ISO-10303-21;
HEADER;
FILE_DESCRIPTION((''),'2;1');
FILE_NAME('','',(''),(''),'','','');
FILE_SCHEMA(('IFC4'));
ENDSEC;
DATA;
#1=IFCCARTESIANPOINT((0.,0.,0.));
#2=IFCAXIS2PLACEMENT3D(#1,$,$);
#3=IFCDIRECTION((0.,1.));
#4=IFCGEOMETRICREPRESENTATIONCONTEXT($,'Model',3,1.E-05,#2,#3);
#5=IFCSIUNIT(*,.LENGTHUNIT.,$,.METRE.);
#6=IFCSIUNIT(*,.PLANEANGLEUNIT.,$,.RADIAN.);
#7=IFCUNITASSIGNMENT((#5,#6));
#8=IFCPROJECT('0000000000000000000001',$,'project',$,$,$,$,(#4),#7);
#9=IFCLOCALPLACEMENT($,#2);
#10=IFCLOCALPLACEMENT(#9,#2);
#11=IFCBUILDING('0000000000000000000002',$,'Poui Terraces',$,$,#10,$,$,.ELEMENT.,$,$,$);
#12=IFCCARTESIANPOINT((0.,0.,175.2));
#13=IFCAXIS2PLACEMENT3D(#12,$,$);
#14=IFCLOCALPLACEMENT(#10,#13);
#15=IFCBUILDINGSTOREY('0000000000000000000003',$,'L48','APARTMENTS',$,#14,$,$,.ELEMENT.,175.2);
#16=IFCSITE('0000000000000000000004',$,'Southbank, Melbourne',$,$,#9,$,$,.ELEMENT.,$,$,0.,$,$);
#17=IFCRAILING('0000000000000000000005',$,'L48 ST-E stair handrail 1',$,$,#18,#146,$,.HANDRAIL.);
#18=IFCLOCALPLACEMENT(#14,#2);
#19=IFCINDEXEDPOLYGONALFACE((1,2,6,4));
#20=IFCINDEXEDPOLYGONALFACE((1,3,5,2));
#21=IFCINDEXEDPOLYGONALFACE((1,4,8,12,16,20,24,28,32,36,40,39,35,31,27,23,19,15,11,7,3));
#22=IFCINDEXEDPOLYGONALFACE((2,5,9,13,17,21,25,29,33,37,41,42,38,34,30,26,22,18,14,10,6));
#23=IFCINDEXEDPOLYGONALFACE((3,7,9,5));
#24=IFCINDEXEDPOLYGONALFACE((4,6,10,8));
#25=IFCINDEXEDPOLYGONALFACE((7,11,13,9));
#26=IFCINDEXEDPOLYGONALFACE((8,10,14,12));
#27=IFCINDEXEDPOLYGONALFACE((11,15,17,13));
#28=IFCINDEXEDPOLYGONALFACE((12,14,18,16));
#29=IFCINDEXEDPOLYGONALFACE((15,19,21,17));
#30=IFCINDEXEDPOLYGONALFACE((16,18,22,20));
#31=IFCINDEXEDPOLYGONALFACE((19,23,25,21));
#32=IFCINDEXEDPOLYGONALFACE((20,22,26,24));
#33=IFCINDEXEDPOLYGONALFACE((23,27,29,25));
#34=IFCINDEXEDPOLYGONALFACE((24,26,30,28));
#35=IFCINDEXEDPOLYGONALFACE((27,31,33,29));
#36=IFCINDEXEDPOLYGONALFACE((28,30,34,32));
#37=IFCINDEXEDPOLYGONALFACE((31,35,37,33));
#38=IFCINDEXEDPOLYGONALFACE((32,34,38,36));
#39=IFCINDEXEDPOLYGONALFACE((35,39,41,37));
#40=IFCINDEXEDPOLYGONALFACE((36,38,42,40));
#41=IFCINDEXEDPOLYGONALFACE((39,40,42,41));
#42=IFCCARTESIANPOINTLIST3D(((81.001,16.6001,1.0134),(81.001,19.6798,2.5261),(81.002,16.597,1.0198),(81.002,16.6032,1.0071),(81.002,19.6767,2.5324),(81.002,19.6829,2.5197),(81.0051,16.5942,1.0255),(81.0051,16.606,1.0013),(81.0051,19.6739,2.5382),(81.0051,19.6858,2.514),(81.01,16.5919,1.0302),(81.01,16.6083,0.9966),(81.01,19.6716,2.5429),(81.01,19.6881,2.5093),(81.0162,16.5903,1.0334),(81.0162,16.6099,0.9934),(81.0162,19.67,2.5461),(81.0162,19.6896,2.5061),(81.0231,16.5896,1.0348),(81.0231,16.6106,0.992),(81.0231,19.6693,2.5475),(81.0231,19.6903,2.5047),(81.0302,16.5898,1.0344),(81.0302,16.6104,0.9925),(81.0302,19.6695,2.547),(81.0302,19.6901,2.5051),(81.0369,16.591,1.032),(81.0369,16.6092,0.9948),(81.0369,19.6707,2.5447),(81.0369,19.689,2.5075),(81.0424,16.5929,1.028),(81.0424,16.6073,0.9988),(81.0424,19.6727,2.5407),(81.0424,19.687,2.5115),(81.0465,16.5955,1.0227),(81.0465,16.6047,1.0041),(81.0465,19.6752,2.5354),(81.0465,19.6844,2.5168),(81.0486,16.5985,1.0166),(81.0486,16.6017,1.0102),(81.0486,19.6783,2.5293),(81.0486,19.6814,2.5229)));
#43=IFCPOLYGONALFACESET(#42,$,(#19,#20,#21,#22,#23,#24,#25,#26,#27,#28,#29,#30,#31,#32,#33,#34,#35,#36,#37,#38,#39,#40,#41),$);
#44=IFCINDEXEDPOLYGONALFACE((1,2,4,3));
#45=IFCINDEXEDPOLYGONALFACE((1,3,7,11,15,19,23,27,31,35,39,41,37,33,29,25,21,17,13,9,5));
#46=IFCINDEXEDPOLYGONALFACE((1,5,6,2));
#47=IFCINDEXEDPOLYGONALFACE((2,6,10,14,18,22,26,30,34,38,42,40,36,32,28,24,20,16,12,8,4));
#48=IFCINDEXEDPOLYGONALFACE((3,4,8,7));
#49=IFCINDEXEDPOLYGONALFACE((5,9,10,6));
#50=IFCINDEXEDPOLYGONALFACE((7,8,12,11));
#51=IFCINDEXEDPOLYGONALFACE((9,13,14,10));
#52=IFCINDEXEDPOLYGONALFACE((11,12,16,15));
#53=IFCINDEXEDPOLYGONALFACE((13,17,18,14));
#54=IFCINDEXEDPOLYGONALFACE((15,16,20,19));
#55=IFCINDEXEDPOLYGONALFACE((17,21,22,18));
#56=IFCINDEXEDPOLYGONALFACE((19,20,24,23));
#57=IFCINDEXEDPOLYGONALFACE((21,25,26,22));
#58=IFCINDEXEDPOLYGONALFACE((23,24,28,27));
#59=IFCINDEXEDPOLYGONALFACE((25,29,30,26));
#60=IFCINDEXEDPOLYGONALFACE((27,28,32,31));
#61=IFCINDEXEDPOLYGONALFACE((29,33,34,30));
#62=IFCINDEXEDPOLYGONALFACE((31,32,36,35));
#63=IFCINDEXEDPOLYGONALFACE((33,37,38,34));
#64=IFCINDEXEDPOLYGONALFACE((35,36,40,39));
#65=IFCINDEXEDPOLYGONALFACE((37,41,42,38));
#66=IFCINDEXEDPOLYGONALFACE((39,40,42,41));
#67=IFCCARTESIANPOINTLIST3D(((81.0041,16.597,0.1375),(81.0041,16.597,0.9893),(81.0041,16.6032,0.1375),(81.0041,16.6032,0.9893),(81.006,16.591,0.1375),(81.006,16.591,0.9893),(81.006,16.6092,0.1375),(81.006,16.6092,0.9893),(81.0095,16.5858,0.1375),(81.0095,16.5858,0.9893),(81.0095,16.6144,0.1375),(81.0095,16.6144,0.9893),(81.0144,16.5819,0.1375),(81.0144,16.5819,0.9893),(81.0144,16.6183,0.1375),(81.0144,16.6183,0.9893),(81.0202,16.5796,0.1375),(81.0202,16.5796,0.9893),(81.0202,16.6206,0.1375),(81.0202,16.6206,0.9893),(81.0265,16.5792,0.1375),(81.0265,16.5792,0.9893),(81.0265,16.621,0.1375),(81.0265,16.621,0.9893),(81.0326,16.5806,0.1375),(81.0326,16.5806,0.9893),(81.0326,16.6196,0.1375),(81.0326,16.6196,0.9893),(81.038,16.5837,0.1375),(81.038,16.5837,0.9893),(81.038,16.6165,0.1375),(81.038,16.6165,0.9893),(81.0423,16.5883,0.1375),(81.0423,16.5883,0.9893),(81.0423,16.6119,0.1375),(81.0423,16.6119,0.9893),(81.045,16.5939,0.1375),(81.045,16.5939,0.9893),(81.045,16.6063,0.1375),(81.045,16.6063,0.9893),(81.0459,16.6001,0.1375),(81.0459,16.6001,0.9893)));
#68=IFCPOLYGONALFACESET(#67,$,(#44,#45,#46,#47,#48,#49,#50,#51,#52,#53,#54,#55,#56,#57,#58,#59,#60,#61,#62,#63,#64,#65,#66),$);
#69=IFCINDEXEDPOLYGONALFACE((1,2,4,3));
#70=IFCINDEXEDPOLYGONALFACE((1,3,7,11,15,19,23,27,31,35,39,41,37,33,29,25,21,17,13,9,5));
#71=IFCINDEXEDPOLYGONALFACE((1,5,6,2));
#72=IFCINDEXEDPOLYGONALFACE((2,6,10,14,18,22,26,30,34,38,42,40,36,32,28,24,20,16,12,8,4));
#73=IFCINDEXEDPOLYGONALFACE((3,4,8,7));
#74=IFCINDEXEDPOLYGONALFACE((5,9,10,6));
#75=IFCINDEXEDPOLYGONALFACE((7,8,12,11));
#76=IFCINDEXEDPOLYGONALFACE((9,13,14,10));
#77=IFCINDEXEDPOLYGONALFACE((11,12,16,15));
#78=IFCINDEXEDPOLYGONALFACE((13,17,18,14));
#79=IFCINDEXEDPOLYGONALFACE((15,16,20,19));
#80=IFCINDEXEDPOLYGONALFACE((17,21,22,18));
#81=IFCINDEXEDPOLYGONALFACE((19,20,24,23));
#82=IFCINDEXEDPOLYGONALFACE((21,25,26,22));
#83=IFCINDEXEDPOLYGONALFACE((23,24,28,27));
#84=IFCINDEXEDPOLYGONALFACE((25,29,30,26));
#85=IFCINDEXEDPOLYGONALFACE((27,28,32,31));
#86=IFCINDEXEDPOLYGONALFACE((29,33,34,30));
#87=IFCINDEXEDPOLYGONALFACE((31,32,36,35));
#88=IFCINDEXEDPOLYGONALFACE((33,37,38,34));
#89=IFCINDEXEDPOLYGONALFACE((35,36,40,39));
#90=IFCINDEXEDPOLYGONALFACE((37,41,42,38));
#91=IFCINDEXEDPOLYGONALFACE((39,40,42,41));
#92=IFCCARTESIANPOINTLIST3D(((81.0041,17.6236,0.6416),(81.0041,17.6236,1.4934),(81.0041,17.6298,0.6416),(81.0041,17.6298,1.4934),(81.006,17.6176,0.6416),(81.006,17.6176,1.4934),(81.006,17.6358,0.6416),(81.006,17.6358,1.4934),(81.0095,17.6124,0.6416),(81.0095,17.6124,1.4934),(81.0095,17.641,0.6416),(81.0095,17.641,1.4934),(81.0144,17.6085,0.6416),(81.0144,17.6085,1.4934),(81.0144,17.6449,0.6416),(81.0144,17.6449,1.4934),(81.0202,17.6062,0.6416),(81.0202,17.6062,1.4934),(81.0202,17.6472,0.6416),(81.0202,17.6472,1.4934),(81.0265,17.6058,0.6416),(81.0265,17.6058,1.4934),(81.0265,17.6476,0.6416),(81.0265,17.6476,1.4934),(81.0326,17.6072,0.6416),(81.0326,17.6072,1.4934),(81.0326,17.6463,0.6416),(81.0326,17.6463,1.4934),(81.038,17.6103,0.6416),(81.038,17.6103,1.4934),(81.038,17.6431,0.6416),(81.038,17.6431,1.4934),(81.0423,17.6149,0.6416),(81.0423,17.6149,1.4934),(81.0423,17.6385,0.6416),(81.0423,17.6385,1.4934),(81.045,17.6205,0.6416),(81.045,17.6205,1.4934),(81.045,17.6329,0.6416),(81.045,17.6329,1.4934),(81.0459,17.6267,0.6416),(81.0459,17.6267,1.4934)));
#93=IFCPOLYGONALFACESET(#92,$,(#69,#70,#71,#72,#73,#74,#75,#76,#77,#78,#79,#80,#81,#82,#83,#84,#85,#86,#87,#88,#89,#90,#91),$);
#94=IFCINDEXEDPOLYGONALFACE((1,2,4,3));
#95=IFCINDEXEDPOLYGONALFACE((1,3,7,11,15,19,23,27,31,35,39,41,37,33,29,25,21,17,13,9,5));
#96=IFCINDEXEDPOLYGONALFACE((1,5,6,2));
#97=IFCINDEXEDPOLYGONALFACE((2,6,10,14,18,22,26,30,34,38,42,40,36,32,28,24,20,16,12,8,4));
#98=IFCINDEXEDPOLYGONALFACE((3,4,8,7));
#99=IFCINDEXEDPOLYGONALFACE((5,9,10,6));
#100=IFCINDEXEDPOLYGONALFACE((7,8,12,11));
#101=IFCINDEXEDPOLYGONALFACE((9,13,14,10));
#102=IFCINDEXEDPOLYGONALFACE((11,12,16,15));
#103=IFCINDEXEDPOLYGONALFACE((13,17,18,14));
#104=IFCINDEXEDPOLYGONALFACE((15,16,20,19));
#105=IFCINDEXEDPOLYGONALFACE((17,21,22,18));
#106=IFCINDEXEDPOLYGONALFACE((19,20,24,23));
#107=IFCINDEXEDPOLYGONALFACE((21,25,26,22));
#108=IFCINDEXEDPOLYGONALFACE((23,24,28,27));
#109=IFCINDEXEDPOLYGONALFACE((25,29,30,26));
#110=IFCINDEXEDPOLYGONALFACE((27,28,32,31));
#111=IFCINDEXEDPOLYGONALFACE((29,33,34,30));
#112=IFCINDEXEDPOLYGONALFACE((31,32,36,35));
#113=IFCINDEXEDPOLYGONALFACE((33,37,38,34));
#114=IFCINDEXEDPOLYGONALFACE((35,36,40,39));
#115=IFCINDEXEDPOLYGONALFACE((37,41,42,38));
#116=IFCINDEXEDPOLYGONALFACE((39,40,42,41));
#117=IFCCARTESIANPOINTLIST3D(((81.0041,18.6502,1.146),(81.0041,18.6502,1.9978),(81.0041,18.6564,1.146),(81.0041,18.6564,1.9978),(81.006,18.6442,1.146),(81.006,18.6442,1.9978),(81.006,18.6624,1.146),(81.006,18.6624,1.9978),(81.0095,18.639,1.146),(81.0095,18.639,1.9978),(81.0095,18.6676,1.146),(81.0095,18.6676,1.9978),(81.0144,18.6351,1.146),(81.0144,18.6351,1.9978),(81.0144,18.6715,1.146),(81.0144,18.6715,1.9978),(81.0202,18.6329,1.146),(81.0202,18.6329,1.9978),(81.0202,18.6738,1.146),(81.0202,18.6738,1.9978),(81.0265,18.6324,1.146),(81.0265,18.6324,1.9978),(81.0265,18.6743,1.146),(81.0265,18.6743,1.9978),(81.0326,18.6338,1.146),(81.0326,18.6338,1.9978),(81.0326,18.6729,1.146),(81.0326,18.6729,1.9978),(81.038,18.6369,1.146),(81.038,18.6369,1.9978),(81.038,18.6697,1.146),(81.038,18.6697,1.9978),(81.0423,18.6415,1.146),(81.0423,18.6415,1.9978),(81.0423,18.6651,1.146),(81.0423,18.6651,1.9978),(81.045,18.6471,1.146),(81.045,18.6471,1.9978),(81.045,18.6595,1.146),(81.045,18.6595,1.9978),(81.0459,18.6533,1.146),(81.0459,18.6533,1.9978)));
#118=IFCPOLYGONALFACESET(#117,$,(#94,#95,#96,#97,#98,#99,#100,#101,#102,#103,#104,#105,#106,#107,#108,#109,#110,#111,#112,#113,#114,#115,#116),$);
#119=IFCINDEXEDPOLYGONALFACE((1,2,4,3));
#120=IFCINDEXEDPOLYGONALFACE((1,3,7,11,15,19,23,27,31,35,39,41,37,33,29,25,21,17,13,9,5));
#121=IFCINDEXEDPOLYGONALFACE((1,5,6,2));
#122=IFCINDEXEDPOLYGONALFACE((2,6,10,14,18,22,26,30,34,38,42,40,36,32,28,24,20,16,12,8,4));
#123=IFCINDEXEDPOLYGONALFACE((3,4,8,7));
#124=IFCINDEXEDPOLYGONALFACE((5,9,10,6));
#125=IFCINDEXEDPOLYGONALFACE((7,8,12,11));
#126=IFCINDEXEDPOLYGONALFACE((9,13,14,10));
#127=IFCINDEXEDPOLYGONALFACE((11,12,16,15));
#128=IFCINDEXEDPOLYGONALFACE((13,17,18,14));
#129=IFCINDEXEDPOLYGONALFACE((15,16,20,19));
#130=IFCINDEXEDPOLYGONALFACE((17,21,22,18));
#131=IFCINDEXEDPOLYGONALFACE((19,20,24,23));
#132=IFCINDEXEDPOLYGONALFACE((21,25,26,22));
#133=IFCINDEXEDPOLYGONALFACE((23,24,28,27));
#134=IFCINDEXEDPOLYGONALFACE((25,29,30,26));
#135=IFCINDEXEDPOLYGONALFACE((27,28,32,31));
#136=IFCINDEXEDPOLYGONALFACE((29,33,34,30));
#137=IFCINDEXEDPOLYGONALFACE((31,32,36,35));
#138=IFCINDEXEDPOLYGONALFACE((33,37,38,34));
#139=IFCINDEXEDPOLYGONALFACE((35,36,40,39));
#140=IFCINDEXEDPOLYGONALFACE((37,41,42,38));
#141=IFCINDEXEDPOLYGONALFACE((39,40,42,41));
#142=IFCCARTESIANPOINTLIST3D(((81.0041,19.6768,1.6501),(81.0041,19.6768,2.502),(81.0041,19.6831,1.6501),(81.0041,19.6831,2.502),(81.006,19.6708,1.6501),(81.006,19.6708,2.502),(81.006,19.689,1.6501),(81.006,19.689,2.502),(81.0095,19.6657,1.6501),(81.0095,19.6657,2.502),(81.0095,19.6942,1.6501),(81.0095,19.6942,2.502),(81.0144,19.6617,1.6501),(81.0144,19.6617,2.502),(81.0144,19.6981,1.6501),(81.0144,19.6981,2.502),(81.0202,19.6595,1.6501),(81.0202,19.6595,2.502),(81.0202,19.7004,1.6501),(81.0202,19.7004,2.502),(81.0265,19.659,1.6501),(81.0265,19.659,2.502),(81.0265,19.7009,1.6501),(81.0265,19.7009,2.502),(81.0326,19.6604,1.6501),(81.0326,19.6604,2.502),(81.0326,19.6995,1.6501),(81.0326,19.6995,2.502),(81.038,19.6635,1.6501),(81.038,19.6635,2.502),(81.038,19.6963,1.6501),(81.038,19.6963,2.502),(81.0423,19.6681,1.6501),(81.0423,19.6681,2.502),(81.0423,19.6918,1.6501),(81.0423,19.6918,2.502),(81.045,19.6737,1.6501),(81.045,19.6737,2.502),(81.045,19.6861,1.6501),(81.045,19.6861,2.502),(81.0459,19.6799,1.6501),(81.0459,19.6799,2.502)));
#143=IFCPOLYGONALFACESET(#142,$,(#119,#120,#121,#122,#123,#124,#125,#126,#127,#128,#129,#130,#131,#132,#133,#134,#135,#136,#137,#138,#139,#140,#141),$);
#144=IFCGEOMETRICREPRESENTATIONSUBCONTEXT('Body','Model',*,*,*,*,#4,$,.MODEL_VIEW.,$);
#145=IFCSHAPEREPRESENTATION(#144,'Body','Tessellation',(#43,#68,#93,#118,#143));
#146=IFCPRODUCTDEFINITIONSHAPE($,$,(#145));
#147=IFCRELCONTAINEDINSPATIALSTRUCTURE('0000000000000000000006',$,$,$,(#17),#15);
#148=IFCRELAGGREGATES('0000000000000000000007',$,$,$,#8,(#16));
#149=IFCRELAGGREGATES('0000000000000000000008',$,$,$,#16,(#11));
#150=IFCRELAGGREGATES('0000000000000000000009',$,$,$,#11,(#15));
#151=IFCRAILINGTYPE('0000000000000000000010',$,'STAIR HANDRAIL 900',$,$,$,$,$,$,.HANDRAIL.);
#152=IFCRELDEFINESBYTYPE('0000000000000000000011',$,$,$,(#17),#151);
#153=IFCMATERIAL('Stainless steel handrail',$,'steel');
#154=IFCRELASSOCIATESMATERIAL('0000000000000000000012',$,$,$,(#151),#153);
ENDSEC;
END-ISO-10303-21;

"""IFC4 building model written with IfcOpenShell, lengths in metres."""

from ifc_helpers import new_model, si_unit, direction, frame, origin, origin_2d, place, context, subcontext, project, spatial, circle, extrude, material, type_object, element, save


model = new_model("IFC4")

# Units and contexts
model_context = context("Model", 3, precision=1e-05, world=origin(), true_north=direction((0.0, 1.0)))
body_context = subcontext(model_context, "Body", "Model", "MODEL_VIEW")
ifc_project = project(units=[si_unit("LENGTHUNIT", "METRE"), si_unit("PLANEANGLEUNIT", "RADIAN")], contexts=[model_context])

# Site, building, storey
site_placement = place(None, origin())
site = spatial("IfcSite", under=ifc_project, at=site_placement, Name="Southbank, Melbourne", CompositionType="ELEMENT", RefElevation=0.0)
building_placement = place(site_placement, origin())
building = spatial("IfcBuilding", under=site, at=building_placement, Name="Poui Terraces", CompositionType="ELEMENT")
storey_placement = place(building_placement, frame((0.0, 0.0, 175.2)))
storey = spatial("IfcBuildingStorey", under=building, at=storey_placement, Name="L48", Description="APARTMENTS", CompositionType="ELEMENT", Elevation=175.2)

# Railing
ifc_material_1 = material(Name="Stainless steel handrail", Category="steel")
railing_type_1 = type_object("IfcRailingType", Name="STAIR HANDRAIL 900", PredefinedType="HANDRAIL", material=ifc_material_1)
railing_1_placement = place(storey_placement, frame((81.0249, 16.6001, 0.1375)))
element("IfcRailing", 1, at=railing_1_placement, inside=storey, type_object=railing_type_1, Name="L48 ST-E stair handrail 1", PredefinedType="HANDRAIL", context=body_context, shape_type="SweptSolid", body=[
    extrude(circle(Radius=0.0239, at=origin_2d()), frame((0.0, 0.0, 0.876), z_axis=(0.0, 0.897578, 0.440856), x_axis=(-1.0, 0.0, 0.0)), (0.0, 0.0, 1.0), 3.4312),
    extrude(circle(Radius=0.021, at=origin_2d()), origin(), (0.0, 0.0, 1.0), 0.8518),
    extrude(circle(Radius=0.021, at=origin_2d()), frame((0.0, 1.0266, 0.5042)), (0.0, 0.0, 1.0), 0.8518),
    extrude(circle(Radius=0.021, at=origin_2d()), frame((0.0, 2.0532, 1.0085)), (0.0, 0.0, 1.0), 0.8518),
    extrude(circle(Radius=0.021, at=origin_2d()), frame((0.0, 3.0798, 1.5127)), (0.0, 0.0, 1.0), 0.8518),
])

save(model, "model.ifc")
